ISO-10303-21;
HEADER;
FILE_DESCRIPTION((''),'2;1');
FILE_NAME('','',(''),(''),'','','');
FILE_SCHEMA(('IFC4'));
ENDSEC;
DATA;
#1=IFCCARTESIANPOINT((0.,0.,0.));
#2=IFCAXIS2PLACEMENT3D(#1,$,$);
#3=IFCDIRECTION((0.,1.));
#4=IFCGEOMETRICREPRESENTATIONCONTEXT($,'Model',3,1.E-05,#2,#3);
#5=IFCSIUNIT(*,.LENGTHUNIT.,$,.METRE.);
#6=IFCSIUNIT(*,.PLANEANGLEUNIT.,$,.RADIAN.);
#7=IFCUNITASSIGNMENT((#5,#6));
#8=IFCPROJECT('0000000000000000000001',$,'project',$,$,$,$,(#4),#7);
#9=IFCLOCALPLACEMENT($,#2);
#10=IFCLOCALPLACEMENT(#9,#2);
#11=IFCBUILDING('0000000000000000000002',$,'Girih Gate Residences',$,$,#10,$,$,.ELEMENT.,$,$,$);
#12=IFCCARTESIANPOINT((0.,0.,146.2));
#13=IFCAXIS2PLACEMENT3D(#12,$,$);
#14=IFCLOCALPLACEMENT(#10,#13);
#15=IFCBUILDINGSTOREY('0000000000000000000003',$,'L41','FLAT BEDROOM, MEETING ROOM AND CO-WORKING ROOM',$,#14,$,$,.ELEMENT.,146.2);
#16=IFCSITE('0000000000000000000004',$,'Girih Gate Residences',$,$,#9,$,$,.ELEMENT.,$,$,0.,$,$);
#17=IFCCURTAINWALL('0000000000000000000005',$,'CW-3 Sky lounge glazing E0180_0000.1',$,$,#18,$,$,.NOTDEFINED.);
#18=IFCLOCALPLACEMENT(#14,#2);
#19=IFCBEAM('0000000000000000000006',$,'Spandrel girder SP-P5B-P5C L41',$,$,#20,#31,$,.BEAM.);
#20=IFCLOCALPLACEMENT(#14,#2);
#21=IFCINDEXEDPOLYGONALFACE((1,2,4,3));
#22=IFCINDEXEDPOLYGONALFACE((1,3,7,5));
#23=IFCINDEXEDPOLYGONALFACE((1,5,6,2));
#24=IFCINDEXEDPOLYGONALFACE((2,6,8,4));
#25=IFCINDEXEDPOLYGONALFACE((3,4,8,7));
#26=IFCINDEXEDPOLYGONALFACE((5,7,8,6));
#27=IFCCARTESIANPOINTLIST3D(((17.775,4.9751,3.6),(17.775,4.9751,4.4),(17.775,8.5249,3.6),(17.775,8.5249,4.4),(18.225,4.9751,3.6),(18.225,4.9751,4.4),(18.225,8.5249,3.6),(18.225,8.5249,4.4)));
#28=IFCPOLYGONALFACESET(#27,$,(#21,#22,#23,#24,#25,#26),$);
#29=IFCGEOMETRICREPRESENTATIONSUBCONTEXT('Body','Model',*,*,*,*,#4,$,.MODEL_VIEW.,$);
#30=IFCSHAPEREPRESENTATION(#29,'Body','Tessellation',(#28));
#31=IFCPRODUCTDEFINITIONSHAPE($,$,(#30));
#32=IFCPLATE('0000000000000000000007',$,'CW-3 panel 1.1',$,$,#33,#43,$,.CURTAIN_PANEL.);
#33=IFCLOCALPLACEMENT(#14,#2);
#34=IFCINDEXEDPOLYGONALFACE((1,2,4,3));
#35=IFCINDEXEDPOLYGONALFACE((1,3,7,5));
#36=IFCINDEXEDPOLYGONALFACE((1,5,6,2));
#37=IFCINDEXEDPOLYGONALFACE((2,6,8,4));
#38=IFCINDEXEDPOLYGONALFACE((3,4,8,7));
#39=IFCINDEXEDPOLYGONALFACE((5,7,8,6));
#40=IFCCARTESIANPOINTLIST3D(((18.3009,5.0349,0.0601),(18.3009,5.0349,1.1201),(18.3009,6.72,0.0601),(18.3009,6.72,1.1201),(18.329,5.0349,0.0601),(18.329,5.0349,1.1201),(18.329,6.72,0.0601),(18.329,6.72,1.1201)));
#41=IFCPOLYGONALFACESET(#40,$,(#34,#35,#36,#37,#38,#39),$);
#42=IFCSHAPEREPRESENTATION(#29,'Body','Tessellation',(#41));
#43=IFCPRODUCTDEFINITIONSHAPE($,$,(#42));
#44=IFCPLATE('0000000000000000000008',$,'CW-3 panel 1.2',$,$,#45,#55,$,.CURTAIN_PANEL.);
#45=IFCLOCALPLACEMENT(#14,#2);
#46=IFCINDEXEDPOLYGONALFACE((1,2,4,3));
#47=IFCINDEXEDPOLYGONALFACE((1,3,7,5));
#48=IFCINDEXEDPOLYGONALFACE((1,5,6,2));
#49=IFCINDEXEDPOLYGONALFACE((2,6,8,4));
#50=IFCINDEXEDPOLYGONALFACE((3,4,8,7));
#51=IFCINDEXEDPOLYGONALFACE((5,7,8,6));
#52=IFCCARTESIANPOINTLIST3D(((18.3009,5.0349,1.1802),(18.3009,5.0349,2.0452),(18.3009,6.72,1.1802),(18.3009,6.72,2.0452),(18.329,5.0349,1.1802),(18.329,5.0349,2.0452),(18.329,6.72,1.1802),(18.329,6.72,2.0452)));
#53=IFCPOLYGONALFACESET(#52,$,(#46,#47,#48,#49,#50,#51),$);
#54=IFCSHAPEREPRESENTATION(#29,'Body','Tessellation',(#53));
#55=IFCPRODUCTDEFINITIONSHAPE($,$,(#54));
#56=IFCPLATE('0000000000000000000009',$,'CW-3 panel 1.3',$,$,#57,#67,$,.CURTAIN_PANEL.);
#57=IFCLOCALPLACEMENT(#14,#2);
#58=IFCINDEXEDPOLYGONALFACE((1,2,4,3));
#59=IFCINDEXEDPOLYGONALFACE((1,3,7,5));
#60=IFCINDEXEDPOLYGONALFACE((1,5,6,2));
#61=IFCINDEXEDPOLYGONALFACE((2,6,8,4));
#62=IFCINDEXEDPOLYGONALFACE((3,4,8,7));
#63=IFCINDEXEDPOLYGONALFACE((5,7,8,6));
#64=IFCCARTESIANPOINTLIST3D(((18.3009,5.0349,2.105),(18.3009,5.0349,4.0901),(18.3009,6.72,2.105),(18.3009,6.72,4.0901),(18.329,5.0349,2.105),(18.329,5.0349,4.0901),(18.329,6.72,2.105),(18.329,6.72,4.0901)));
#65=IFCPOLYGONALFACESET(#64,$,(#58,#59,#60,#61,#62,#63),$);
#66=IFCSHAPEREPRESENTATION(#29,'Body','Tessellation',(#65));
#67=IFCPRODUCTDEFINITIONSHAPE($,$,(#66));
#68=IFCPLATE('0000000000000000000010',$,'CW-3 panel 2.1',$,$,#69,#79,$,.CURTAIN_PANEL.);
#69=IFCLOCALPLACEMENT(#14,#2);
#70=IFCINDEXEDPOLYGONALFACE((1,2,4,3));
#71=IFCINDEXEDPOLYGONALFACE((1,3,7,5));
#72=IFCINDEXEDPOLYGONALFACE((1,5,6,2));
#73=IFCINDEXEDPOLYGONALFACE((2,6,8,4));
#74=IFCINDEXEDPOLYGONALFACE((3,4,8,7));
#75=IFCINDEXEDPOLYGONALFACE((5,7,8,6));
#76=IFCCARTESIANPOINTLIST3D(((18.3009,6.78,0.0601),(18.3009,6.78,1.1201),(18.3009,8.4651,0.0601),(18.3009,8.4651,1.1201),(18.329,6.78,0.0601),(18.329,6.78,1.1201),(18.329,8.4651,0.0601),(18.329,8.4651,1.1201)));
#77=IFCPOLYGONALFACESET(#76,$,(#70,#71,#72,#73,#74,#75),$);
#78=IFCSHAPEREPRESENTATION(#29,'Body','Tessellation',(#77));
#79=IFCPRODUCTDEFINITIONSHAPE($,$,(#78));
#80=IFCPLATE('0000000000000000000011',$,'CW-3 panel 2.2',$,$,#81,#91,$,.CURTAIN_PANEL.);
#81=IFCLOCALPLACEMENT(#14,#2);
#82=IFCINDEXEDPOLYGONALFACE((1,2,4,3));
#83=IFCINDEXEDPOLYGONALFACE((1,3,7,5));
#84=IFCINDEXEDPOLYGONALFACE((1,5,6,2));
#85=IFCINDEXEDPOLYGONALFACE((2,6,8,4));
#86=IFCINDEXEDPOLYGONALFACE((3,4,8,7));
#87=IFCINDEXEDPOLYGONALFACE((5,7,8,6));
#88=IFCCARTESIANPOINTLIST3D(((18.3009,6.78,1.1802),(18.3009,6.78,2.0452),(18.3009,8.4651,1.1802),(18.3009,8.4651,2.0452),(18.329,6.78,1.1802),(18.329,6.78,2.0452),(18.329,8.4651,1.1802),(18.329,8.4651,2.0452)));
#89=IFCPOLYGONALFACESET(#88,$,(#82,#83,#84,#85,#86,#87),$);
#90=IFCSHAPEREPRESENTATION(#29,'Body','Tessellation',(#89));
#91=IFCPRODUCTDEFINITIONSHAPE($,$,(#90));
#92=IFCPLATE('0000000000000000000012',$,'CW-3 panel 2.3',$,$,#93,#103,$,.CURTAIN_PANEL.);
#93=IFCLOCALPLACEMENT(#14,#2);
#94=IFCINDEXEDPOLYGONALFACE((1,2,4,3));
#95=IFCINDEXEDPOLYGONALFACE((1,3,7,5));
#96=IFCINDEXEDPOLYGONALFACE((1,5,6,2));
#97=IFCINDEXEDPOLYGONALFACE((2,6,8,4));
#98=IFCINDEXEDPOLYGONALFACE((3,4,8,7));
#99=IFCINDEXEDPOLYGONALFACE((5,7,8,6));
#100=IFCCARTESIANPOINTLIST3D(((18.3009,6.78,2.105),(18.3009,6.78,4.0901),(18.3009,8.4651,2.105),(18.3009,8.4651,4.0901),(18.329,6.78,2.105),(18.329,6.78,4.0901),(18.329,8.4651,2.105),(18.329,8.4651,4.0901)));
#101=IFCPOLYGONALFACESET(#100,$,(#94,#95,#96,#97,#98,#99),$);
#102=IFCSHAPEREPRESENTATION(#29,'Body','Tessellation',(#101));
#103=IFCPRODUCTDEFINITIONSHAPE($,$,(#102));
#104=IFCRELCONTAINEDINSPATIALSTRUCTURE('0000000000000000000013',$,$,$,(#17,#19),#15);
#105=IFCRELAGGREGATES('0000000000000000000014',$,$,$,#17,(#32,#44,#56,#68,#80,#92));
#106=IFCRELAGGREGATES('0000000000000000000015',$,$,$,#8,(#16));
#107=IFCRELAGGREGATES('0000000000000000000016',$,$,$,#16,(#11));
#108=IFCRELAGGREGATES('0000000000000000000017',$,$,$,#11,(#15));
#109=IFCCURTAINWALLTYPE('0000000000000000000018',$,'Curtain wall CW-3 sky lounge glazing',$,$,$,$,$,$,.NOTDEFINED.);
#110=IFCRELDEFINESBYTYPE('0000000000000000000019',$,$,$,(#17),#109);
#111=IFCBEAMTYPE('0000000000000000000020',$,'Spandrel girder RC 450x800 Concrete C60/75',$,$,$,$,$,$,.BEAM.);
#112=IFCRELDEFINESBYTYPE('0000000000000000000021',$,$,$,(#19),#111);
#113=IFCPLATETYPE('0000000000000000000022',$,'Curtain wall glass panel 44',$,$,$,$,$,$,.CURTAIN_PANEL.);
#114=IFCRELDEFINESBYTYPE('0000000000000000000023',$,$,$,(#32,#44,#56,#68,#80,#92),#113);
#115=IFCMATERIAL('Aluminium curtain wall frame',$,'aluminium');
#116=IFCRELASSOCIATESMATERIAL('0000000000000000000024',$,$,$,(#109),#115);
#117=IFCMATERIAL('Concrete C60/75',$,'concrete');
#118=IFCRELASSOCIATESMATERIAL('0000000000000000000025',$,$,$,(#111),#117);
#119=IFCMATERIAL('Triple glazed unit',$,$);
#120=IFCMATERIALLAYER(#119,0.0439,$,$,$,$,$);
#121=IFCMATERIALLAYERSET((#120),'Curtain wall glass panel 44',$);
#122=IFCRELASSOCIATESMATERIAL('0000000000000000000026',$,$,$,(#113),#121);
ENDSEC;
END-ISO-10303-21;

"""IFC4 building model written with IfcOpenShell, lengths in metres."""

from ifc_helpers import new_model, si_unit, direction, frame, origin, origin_2d, place, context, subcontext, project, spatial, rectangle, extrude, material, layer, layer_set, material_profile, profile_set, type_object, element, aggregate, save


model = new_model("IFC4")

# Units and contexts
model_context = context("Model", 3, precision=1e-05, world=origin(), true_north=direction((0.0, 1.0)))
body_context = subcontext(model_context, "Body", "Model", "MODEL_VIEW")
ifc_project = project(units=[si_unit("LENGTHUNIT", "METRE"), si_unit("PLANEANGLEUNIT", "RADIAN")], contexts=[model_context])

# Site, building, storey
site_placement = place(None, origin())
site = spatial("IfcSite", under=ifc_project, at=site_placement, Name="Girih Gate Residences", CompositionType="ELEMENT", RefElevation=0.0)
building_placement = place(site_placement, origin())
building = spatial("IfcBuilding", under=site, at=building_placement, Name="Girih Gate Residences", CompositionType="ELEMENT")
storey_placement = place(building_placement, frame((0.0, 0.0, 146.2)))
storey = spatial("IfcBuildingStorey", under=building, at=storey_placement, Name="L41", Description="FLAT BEDROOM, MEETING ROOM AND CO-WORKING ROOM", CompositionType="ELEMENT", Elevation=146.2)

# Shared definitions
ifc_material_1 = material(Name="Aluminium curtain wall frame", Category="aluminium")
curtain_wall_type = type_object("IfcCurtainWallType", Name="Curtain wall CW-3 sky lounge glazing", PredefinedType="NOTDEFINED", material=ifc_material_1)

# Curtain wall
curtain_wall_1_placement = place(storey_placement, origin())
curtain_wall_1 = element("IfcCurtainWall", 1, at=curtain_wall_1_placement, inside=storey, type_object=curtain_wall_type, Name="CW-3 Sky lounge glazing E0180_0000.1", PredefinedType="NOTDEFINED")

# Beam
ifc_material_2 = material(Name="Concrete C60/75", Category="concrete")
ifc_material_profile_1 = material_profile(ifc_material_2, rectangle(XDim=0.45, YDim=0.8, at=origin_2d()))
ifc_profile_set_1 = profile_set([ifc_material_profile_1], Name="Concrete C60/75")
beam_type = type_object("IfcBeamType", Name="Spandrel girder RC 450x800 Concrete C60/75", PredefinedType="BEAM", material=ifc_profile_set_1)
beam_placement = place(storey_placement, frame((18.0, 4.9751, 4.0), z_axis=(0.0, 1.0, 0.0), x_axis=(-1.0, 0.0, 0.0)))
element("IfcBeam", 2, at=beam_placement, inside=storey, type_object=beam_type, Name="Spandrel girder SP-P5B-P5C L41", PredefinedType="BEAM", context=body_context, shape_type="SweptSolid", body=[
    extrude(rectangle(XDim=0.45, YDim=0.8, at=origin_2d()), origin(), (0.0, 0.0, 1.0), 3.5498),
])

# Plates
ifc_material_3 = material(Name="Triple glazed unit")
ifc_layer = layer(ifc_material_3, 0.0439)
ifc_layer_set = layer_set([ifc_layer], Name="Curtain wall glass panel 44")
plate_type = type_object("IfcPlateType", Name="Curtain wall glass panel 44", PredefinedType="CURTAIN_PANEL", material=ifc_layer_set)
plate_1_placement = place(storey_placement, frame((18.3149, 5.8774, 0.0601), z_axis=(0.0, 0.0, 1.0), x_axis=(0.0, 1.0, 0.0)))
plate_1 = element("IfcPlate", 3, at=plate_1_placement, type_object=plate_type, Name="CW-3 panel 1.1", PredefinedType="CURTAIN_PANEL", context=body_context, shape_type="SweptSolid", body=[
    extrude(rectangle(XDim=1.6851, YDim=0.0281, at=origin_2d()), origin(), (0.0, 0.0, 1.0), 1.0601),
])
plate_2_placement = place(storey_placement, frame((18.3149, 5.8774, 1.1802), z_axis=(0.0, 0.0, 1.0), x_axis=(0.0, 1.0, 0.0)))
plate_2 = element("IfcPlate", 4, at=plate_2_placement, type_object=plate_type, Name="CW-3 panel 1.2", PredefinedType="CURTAIN_PANEL", context=body_context, shape_type="SweptSolid", body=[
    extrude(rectangle(XDim=1.6851, YDim=0.0281, at=origin_2d()), origin(), (0.0, 0.0, 1.0), 0.865),
])
plate_3_placement = place(storey_placement, frame((18.3149, 5.8774, 2.105), z_axis=(0.0, 0.0, 1.0), x_axis=(0.0, 1.0, 0.0)))
plate_3 = element("IfcPlate", 5, at=plate_3_placement, type_object=plate_type, Name="CW-3 panel 1.3", PredefinedType="CURTAIN_PANEL", context=body_context, shape_type="SweptSolid", body=[
    extrude(rectangle(XDim=1.6851, YDim=0.0281, at=origin_2d()), origin(), (0.0, 0.0, 1.0), 1.9851),
])
plate_4_placement = place(storey_placement, frame((18.3149, 7.6226, 0.0601), z_axis=(0.0, 0.0, 1.0), x_axis=(0.0, 1.0, 0.0)))
plate_4 = element("IfcPlate", 6, at=plate_4_placement, type_object=plate_type, Name="CW-3 panel 2.1", PredefinedType="CURTAIN_PANEL", context=body_context, shape_type="SweptSolid", body=[
    extrude(rectangle(XDim=1.6851, YDim=0.0281, at=origin_2d()), origin(), (0.0, 0.0, 1.0), 1.0601),
])
plate_5_placement = place(storey_placement, frame((18.3149, 7.6226, 1.1802), z_axis=(0.0, 0.0, 1.0), x_axis=(0.0, 1.0, 0.0)))
plate_5 = element("IfcPlate", 7, at=plate_5_placement, type_object=plate_type, Name="CW-3 panel 2.2", PredefinedType="CURTAIN_PANEL", context=body_context, shape_type="SweptSolid", body=[
    extrude(rectangle(XDim=1.6851, YDim=0.0281, at=origin_2d()), origin(), (0.0, 0.0, 1.0), 0.865),
])
plate_6_placement = place(storey_placement, frame((18.3149, 7.6226, 2.105), z_axis=(0.0, 0.0, 1.0), x_axis=(0.0, 1.0, 0.0)))
plate_6 = element("IfcPlate", 8, at=plate_6_placement, type_object=plate_type, Name="CW-3 panel 2.3", PredefinedType="CURTAIN_PANEL", context=body_context, shape_type="SweptSolid", body=[
    extrude(rectangle(XDim=1.6851, YDim=0.0281, at=origin_2d()), origin(), (0.0, 0.0, 1.0), 1.9851),
])
aggregate(curtain_wall_1, [plate_1, plate_2, plate_3, plate_4, plate_5, plate_6])

save(model, "model.ifc")
